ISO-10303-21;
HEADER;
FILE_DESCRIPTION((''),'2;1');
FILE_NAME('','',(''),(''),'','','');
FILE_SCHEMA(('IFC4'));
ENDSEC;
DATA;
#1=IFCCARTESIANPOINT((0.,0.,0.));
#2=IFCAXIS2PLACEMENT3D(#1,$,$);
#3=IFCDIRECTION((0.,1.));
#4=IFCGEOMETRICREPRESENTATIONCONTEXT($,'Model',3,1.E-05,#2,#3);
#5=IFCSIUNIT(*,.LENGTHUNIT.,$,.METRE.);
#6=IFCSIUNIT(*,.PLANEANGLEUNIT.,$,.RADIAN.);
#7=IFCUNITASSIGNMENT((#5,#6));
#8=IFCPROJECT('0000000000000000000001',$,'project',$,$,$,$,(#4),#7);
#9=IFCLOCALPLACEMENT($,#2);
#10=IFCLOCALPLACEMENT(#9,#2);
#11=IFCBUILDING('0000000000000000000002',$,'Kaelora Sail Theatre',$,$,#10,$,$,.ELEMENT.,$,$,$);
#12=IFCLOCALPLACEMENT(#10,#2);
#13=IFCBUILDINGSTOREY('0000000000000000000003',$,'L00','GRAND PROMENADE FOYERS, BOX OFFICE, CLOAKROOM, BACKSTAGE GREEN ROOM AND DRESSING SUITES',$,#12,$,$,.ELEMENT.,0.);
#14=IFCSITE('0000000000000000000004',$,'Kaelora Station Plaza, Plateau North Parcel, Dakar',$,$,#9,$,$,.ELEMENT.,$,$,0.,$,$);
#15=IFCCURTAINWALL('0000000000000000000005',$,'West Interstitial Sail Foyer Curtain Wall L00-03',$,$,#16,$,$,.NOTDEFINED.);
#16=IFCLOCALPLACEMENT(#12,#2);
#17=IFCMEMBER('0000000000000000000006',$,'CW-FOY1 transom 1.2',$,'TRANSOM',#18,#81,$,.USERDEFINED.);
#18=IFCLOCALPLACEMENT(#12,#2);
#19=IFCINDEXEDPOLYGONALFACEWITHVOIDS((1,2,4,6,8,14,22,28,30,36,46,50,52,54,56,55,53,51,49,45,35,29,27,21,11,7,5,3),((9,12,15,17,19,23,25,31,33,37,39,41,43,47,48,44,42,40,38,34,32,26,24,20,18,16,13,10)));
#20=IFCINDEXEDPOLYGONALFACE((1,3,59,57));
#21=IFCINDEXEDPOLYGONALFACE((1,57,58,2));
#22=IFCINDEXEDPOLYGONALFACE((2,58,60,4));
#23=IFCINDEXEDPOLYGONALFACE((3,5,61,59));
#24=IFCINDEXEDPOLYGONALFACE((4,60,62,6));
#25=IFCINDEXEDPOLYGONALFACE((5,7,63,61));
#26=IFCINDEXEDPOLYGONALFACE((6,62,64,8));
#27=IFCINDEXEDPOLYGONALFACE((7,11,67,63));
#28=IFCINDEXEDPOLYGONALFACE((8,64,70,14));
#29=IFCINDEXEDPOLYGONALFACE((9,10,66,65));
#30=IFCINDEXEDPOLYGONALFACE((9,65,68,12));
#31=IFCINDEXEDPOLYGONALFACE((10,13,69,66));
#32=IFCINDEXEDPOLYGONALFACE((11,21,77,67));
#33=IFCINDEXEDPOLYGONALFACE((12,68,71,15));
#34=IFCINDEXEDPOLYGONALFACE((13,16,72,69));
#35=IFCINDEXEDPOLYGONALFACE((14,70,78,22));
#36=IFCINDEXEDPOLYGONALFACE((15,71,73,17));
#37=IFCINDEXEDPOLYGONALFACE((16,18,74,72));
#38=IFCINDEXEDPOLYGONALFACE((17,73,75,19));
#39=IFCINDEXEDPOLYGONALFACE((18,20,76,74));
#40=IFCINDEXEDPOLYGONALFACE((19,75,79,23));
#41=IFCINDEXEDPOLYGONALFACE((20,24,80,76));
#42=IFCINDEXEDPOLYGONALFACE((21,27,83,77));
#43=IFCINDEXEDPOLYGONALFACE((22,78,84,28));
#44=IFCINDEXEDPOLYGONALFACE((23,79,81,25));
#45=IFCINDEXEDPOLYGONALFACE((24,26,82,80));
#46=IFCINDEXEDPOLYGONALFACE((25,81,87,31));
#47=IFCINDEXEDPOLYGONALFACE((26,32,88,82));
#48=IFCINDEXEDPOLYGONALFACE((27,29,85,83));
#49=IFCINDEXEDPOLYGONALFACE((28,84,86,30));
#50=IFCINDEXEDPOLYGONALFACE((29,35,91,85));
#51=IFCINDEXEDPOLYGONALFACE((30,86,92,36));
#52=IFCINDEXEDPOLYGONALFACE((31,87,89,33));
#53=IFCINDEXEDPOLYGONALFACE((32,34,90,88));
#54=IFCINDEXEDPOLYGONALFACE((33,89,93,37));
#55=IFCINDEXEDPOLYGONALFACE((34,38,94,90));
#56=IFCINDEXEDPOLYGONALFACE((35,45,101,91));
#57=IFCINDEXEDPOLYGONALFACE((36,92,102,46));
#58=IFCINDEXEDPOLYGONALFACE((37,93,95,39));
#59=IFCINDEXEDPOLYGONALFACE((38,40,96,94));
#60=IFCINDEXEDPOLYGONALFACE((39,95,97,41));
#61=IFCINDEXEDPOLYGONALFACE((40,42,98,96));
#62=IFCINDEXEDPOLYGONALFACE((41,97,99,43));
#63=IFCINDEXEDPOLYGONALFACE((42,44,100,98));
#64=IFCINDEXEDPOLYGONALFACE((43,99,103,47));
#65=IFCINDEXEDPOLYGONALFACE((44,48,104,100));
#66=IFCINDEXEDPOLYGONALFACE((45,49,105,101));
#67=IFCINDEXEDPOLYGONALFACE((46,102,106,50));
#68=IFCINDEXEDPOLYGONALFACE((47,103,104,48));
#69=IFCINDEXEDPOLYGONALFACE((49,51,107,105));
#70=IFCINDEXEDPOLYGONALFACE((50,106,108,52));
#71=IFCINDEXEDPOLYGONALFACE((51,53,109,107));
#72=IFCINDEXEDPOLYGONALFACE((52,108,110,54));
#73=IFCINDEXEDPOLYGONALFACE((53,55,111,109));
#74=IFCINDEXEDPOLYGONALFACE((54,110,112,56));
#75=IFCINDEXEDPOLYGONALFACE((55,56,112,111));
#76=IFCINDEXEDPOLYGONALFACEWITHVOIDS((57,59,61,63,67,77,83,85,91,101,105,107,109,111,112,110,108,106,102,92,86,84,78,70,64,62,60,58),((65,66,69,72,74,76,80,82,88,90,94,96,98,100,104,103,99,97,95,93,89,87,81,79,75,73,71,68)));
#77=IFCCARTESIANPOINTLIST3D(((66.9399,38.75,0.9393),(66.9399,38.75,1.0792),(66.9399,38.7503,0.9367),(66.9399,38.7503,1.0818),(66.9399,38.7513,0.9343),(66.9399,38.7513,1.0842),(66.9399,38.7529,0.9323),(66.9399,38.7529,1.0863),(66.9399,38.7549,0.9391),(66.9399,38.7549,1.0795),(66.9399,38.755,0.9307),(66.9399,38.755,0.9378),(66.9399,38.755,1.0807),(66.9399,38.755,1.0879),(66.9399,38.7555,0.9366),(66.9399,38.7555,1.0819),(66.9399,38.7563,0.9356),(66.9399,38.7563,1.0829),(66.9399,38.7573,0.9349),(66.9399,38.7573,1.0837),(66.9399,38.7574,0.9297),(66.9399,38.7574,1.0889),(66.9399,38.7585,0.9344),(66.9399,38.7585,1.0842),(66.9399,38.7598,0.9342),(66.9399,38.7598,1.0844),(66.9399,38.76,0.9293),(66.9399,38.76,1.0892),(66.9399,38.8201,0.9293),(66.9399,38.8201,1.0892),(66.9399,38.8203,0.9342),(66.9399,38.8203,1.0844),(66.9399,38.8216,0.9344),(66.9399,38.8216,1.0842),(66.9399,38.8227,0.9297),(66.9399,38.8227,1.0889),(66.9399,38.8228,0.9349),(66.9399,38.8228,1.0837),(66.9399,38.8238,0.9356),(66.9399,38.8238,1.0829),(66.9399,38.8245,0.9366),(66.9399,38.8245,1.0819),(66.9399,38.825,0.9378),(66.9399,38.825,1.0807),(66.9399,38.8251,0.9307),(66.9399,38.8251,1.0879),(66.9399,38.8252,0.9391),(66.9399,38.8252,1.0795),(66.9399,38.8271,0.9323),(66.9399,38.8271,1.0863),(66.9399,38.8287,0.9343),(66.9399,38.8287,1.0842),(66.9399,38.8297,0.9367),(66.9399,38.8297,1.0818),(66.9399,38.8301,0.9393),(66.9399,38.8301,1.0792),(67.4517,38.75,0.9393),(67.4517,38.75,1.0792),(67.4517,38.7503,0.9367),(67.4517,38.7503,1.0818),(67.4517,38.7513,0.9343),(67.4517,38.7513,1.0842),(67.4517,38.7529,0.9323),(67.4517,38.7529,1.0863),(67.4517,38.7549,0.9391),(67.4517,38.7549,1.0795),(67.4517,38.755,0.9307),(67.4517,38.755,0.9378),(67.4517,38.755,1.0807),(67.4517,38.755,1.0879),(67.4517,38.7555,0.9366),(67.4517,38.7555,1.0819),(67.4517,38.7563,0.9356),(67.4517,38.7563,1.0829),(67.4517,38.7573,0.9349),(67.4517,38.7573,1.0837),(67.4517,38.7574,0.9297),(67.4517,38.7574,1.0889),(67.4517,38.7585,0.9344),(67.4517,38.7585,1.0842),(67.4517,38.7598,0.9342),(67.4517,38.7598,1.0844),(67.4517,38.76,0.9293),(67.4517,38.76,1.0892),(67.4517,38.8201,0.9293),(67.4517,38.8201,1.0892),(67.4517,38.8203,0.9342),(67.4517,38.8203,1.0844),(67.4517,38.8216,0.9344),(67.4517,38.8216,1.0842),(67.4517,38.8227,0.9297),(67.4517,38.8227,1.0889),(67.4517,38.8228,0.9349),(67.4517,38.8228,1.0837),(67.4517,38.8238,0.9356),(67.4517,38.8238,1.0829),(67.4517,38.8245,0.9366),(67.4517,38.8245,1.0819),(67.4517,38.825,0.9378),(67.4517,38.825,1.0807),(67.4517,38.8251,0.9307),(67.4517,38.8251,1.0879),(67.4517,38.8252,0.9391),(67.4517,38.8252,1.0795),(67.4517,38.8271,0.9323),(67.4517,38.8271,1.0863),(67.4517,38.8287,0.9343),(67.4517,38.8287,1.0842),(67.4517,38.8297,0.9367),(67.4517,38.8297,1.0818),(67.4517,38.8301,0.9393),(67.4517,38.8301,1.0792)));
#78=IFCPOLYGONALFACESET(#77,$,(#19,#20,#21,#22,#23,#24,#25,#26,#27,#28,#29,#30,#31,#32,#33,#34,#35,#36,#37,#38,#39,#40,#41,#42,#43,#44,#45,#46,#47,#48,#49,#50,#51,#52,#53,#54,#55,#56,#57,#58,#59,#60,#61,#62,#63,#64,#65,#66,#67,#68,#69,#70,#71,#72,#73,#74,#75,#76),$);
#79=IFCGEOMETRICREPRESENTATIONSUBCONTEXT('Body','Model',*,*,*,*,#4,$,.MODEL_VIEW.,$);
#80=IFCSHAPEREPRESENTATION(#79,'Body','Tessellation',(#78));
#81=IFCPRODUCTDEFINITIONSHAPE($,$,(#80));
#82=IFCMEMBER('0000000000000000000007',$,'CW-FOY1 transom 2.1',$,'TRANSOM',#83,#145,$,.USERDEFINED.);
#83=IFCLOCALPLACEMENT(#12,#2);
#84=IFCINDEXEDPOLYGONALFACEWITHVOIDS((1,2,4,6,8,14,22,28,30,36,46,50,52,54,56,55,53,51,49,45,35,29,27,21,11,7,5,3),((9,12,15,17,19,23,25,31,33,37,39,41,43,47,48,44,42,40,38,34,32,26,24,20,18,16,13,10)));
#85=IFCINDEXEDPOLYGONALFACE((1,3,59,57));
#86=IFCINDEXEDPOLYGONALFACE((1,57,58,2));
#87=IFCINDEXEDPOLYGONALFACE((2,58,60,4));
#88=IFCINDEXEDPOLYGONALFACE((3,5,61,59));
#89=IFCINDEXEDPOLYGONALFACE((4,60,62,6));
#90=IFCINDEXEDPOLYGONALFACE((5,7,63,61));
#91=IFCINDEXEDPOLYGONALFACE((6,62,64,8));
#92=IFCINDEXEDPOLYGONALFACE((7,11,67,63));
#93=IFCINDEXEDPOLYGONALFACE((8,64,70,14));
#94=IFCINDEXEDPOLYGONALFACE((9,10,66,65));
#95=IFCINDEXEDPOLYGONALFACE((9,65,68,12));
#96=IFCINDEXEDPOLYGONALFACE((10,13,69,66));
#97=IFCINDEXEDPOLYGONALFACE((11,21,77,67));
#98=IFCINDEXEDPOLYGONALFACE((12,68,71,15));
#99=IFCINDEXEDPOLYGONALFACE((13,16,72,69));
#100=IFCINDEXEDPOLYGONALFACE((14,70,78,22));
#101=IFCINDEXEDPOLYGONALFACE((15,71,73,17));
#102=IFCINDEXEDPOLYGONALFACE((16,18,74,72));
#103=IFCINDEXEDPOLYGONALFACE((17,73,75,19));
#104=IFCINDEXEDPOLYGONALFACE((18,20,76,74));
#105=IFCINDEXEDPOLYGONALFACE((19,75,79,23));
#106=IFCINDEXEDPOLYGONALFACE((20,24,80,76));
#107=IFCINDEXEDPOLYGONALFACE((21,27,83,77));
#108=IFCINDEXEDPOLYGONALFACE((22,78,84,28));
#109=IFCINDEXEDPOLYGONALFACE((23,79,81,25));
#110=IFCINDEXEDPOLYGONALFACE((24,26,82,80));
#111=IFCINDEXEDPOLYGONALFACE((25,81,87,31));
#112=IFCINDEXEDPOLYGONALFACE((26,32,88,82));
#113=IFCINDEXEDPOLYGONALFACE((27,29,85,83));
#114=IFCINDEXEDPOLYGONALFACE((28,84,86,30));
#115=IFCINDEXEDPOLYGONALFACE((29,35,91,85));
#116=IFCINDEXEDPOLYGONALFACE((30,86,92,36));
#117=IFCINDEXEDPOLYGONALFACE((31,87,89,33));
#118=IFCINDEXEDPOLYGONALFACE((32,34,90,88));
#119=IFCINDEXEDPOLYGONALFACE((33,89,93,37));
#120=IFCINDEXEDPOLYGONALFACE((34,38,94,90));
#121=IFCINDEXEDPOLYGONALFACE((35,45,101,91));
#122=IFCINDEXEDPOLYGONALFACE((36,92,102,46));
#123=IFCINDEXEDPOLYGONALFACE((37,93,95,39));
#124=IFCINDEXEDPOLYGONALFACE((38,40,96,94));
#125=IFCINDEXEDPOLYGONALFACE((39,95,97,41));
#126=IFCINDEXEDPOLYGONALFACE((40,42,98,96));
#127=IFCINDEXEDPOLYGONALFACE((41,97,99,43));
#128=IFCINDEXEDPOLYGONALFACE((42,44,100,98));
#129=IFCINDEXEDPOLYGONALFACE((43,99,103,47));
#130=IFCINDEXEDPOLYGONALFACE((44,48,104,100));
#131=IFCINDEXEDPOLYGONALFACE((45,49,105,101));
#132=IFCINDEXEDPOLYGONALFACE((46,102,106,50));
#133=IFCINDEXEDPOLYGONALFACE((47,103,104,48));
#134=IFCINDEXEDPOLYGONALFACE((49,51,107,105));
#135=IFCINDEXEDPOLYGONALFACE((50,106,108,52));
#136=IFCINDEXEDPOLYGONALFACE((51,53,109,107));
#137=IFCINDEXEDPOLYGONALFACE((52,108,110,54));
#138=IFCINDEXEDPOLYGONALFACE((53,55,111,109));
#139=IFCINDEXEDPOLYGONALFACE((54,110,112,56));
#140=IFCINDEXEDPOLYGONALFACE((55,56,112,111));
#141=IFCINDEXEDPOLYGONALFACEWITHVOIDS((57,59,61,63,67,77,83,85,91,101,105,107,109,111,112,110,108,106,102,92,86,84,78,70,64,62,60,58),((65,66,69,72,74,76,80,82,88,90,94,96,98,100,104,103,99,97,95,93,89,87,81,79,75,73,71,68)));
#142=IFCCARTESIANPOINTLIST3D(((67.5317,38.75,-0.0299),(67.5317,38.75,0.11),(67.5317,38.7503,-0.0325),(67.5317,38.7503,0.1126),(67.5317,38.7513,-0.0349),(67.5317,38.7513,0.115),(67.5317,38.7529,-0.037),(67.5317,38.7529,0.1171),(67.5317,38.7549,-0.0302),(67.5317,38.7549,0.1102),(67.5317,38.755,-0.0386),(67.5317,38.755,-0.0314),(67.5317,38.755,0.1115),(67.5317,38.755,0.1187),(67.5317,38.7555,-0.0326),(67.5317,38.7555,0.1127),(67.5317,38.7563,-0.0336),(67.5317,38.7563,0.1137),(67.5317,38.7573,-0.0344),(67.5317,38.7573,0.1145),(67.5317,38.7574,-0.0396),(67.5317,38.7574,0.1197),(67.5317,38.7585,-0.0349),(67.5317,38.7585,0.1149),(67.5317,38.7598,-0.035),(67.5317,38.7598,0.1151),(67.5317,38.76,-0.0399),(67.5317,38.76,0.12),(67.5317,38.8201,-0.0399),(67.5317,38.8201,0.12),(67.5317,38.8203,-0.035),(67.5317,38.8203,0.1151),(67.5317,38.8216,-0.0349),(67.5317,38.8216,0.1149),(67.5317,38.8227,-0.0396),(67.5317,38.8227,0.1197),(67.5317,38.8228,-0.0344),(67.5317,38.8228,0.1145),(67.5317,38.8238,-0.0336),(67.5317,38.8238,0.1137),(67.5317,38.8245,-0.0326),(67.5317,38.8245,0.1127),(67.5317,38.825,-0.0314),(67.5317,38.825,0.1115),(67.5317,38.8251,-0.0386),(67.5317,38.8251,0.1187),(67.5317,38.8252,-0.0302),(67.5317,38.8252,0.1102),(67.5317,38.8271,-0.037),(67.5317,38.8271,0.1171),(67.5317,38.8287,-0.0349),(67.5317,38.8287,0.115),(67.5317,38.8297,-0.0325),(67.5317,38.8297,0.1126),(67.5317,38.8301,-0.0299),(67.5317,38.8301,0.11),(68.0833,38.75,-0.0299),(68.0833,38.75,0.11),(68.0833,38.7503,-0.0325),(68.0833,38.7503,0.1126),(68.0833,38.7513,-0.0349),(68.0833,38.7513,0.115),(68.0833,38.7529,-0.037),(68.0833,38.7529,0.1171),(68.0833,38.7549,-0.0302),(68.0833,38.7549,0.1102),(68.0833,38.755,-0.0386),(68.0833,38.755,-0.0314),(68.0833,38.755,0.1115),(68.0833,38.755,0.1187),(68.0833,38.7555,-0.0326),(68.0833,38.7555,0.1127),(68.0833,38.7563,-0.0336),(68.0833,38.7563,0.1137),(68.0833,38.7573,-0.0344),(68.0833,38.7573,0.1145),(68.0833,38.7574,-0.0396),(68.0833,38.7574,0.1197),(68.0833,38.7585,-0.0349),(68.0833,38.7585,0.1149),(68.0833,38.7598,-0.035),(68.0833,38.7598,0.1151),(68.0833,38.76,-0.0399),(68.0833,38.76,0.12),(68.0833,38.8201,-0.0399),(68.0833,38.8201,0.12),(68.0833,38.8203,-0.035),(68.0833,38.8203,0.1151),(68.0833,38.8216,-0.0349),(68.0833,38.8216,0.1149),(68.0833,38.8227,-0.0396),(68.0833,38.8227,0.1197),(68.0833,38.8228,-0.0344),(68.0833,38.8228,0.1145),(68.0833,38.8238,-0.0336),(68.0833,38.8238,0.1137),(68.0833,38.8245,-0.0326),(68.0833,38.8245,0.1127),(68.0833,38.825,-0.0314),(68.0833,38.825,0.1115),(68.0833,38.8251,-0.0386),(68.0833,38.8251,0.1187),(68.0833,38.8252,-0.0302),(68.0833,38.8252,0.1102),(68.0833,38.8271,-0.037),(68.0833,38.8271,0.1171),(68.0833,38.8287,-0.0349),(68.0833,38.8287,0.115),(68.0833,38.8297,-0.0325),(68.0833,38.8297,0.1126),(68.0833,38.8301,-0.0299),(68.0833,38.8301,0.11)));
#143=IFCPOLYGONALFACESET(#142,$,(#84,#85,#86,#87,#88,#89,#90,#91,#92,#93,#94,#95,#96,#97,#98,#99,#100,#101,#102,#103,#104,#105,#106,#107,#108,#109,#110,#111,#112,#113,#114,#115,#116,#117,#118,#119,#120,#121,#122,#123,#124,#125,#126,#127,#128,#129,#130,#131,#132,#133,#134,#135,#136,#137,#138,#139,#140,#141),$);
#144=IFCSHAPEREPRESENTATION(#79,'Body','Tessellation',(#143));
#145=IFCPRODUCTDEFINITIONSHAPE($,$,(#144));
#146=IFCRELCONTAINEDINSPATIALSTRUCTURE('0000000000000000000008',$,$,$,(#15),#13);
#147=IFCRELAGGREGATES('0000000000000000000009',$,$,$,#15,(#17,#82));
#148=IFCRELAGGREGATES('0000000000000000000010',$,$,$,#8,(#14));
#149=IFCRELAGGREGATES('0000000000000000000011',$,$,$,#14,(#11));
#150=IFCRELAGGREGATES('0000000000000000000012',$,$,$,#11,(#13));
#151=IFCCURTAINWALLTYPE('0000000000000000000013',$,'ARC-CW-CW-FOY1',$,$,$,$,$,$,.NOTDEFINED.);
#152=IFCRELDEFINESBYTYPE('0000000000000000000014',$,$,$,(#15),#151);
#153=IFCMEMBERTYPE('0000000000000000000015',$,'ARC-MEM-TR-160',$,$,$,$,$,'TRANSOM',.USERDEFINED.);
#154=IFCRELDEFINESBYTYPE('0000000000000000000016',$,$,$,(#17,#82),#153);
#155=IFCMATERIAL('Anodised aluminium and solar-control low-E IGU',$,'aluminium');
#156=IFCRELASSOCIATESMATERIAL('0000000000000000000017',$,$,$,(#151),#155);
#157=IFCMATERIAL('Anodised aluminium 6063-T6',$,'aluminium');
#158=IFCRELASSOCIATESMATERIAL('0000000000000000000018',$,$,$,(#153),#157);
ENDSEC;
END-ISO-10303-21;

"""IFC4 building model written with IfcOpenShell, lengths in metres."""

from ifc_helpers import new_model, si_unit, direction, frame, origin, origin_2d, place, context, subcontext, project, spatial, hollow_rectangle, extrude, material, material_profile, profile_set, type_object, element, aggregate, save


model = new_model("IFC4")

# Units and contexts
model_context = context("Model", 3, precision=1e-05, world=origin(), true_north=direction((0.0, 1.0)))
body_context = subcontext(model_context, "Body", "Model", "MODEL_VIEW")
ifc_project = project(units=[si_unit("LENGTHUNIT", "METRE"), si_unit("PLANEANGLEUNIT", "RADIAN")], contexts=[model_context])

# Site, building, storey
site_placement = place(None, origin())
site = spatial("IfcSite", under=ifc_project, at=site_placement, Name="Kaelora Station Plaza, Plateau North Parcel, Dakar", CompositionType="ELEMENT", RefElevation=0.0)
building_placement = place(site_placement, origin())
building = spatial("IfcBuilding", under=site, at=building_placement, Name="Kaelora Sail Theatre", CompositionType="ELEMENT")
storey_placement = place(building_placement, origin())
storey = spatial("IfcBuildingStorey", under=building, at=storey_placement, Name="L00", Description="GRAND PROMENADE FOYERS, BOX OFFICE, CLOAKROOM, BACKSTAGE GREEN ROOM AND DRESSING SUITES", CompositionType="ELEMENT", Elevation=0.0)

# Curtain wall
ifc_material_1 = material(Name="Anodised aluminium and solar-control low-E IGU", Category="aluminium")
curtain_wall_type = type_object("IfcCurtainWallType", Name="ARC-CW-CW-FOY1", PredefinedType="NOTDEFINED", material=ifc_material_1)
curtain_wall_1_placement = place(storey_placement, origin())
curtain_wall_1 = element("IfcCurtainWall", 1, at=curtain_wall_1_placement, inside=storey, type_object=curtain_wall_type, Name="West Interstitial Sail Foyer Curtain Wall L00-03", PredefinedType="NOTDEFINED")

# Members
ifc_material_2 = material(Name="Anodised aluminium 6063-T6", Category="aluminium")
ifc_material_profile_1 = material_profile(ifc_material_2, hollow_rectangle(XDim=0.0801, YDim=0.1599, WallThickness=0.0049, InnerFilletRadius=0.0049, OuterFilletRadius=0.01, at=origin_2d()), Name="ALU-TRAN 80x160x5")
ifc_profile_set_1 = profile_set([ifc_material_profile_1], Name="Anodised aluminium 6063-T6")
member_type_1 = type_object("IfcMemberType", Name="ARC-MEM-TR-160", ElementType="TRANSOM", PredefinedType="USERDEFINED", material=ifc_profile_set_1)
member_1_placement = place(storey_placement, frame((66.9399, 38.79, 1.0093), z_axis=(1.0, 0.0, 0.0), x_axis=(0.0, 1.0, 0.0)))
member_1 = element("IfcMember", 2, at=member_1_placement, type_object=member_type_1, Name="CW-FOY1 transom 1.2", ObjectType="TRANSOM", PredefinedType="USERDEFINED", context=body_context, shape_type="SweptSolid", body=[
    extrude(hollow_rectangle(XDim=0.0801, YDim=0.1599, WallThickness=0.0049, InnerFilletRadius=0.0049, OuterFilletRadius=0.01, at=origin_2d()), origin(), (0.0, 0.0, 1.0), 0.5117),
])
member_2_placement = place(storey_placement, frame((67.5317, 38.79, 0.04), z_axis=(1.0, 0.0, 0.0), x_axis=(0.0, 1.0, 0.0)))
member_2 = element("IfcMember", 3, at=member_2_placement, type_object=member_type_1, Name="CW-FOY1 transom 2.1", ObjectType="TRANSOM", PredefinedType="USERDEFINED", context=body_context, shape_type="SweptSolid", body=[
    extrude(hollow_rectangle(XDim=0.0801, YDim=0.1599, WallThickness=0.0049, InnerFilletRadius=0.0049, OuterFilletRadius=0.01, at=origin_2d()), origin(), (0.0, 0.0, 1.0), 0.5515),
])

aggregate(curtain_wall_1, [member_1, member_2])

save(model, "model.ifc")
